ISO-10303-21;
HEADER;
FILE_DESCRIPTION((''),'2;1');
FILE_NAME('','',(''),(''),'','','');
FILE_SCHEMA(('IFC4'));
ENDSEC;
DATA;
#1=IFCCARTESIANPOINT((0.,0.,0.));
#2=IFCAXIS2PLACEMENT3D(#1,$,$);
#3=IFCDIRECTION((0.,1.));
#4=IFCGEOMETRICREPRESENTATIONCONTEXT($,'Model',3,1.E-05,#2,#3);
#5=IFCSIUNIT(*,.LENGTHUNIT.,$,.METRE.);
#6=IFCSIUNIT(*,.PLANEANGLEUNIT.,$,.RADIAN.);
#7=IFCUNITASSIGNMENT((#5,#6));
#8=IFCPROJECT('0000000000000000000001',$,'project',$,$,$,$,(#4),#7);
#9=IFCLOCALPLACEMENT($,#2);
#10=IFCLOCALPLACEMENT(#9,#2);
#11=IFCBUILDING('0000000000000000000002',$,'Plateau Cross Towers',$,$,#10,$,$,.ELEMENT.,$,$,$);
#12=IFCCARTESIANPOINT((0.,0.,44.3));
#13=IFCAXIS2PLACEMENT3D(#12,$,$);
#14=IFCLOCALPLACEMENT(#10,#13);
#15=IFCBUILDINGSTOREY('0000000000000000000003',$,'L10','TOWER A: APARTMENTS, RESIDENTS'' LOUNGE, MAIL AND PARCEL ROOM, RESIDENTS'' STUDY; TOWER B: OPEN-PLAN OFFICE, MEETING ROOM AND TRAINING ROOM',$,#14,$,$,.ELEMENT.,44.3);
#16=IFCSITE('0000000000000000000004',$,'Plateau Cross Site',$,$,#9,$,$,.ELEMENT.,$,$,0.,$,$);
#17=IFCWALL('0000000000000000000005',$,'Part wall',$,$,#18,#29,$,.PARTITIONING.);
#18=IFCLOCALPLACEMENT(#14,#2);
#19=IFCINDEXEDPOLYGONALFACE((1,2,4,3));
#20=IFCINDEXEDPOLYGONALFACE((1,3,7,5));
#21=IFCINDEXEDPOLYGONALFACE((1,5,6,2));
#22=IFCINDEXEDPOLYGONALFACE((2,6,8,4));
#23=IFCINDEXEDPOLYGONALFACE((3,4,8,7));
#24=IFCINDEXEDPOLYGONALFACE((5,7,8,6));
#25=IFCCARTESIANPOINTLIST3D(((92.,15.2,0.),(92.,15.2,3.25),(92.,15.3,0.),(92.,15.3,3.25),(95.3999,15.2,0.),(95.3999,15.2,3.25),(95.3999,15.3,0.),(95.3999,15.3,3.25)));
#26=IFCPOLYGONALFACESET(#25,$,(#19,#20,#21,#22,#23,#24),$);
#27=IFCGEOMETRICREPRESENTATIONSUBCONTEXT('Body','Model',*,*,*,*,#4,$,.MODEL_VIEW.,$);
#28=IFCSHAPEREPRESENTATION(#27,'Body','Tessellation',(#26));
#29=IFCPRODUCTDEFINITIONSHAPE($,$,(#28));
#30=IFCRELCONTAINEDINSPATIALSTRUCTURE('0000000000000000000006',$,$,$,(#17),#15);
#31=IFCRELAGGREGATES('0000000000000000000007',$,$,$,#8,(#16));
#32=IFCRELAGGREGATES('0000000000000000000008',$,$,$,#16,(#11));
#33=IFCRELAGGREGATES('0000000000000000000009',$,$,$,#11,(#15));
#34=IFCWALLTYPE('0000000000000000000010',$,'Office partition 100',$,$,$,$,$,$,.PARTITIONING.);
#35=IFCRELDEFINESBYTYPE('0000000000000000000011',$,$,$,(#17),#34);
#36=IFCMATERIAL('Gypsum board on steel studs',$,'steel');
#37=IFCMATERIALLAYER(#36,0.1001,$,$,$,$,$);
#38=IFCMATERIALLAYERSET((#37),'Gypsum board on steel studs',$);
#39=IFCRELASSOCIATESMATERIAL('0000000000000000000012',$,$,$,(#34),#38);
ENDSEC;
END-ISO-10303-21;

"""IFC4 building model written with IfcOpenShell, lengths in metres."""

from ifc_helpers import new_model, si_unit, direction, frame, frame_2d, origin, place, context, subcontext, project, spatial, rectangle, extrude, material, layer, layer_set, type_object, element, save


model = new_model("IFC4")

# Units and contexts
model_context = context("Model", 3, precision=1e-05, world=origin(), true_north=direction((0.0, 1.0)))
body_context = subcontext(model_context, "Body", "Model", "MODEL_VIEW")
ifc_project = project(units=[si_unit("LENGTHUNIT", "METRE"), si_unit("PLANEANGLEUNIT", "RADIAN")], contexts=[model_context])

# Site, building, storey
site_placement = place(None, origin())
site = spatial("IfcSite", under=ifc_project, at=site_placement, Name="Plateau Cross Site", CompositionType="ELEMENT", RefElevation=0.0)
building_placement = place(site_placement, origin())
building = spatial("IfcBuilding", under=site, at=building_placement, Name="Plateau Cross Towers", CompositionType="ELEMENT")
storey_placement = place(building_placement, frame((0.0, 0.0, 44.3)))
storey = spatial("IfcBuildingStorey", under=building, at=storey_placement, Name="L10", Description="TOWER A: APARTMENTS, RESIDENTS' LOUNGE, MAIL AND PARCEL ROOM, RESIDENTS' STUDY; TOWER B: OPEN-PLAN OFFICE, MEETING ROOM AND TRAINING ROOM", CompositionType="ELEMENT", Elevation=44.3)

# Wall
ifc_material_1 = material(Name="Gypsum board on steel studs", Category="steel")
ifc_layer_1 = layer(ifc_material_1, 0.1001)
ifc_layer_set_1 = layer_set([ifc_layer_1], Name="Gypsum board on steel studs")
wall_type_1 = type_object("IfcWallType", Name="Office partition 100", PredefinedType="PARTITIONING", material=ifc_layer_set_1)
wall_1_placement = place(storey_placement, frame((92.0, 15.25, 0.0), z_axis=(0.0, 0.0, 1.0), x_axis=(1.0, 0.0, 0.0)))
element("IfcWall", 1, at=wall_1_placement, inside=storey, type_object=wall_type_1, Name="Part wall", PredefinedType="PARTITIONING", context=body_context, shape_type="SweptSolid", body=[
    extrude(rectangle(XDim=3.3999, YDim=0.1001, at=frame_2d((1.7, 0.0))), origin(), (0.0, 0.0, 1.0), 3.25),
])

save(model, "model.ifc")
